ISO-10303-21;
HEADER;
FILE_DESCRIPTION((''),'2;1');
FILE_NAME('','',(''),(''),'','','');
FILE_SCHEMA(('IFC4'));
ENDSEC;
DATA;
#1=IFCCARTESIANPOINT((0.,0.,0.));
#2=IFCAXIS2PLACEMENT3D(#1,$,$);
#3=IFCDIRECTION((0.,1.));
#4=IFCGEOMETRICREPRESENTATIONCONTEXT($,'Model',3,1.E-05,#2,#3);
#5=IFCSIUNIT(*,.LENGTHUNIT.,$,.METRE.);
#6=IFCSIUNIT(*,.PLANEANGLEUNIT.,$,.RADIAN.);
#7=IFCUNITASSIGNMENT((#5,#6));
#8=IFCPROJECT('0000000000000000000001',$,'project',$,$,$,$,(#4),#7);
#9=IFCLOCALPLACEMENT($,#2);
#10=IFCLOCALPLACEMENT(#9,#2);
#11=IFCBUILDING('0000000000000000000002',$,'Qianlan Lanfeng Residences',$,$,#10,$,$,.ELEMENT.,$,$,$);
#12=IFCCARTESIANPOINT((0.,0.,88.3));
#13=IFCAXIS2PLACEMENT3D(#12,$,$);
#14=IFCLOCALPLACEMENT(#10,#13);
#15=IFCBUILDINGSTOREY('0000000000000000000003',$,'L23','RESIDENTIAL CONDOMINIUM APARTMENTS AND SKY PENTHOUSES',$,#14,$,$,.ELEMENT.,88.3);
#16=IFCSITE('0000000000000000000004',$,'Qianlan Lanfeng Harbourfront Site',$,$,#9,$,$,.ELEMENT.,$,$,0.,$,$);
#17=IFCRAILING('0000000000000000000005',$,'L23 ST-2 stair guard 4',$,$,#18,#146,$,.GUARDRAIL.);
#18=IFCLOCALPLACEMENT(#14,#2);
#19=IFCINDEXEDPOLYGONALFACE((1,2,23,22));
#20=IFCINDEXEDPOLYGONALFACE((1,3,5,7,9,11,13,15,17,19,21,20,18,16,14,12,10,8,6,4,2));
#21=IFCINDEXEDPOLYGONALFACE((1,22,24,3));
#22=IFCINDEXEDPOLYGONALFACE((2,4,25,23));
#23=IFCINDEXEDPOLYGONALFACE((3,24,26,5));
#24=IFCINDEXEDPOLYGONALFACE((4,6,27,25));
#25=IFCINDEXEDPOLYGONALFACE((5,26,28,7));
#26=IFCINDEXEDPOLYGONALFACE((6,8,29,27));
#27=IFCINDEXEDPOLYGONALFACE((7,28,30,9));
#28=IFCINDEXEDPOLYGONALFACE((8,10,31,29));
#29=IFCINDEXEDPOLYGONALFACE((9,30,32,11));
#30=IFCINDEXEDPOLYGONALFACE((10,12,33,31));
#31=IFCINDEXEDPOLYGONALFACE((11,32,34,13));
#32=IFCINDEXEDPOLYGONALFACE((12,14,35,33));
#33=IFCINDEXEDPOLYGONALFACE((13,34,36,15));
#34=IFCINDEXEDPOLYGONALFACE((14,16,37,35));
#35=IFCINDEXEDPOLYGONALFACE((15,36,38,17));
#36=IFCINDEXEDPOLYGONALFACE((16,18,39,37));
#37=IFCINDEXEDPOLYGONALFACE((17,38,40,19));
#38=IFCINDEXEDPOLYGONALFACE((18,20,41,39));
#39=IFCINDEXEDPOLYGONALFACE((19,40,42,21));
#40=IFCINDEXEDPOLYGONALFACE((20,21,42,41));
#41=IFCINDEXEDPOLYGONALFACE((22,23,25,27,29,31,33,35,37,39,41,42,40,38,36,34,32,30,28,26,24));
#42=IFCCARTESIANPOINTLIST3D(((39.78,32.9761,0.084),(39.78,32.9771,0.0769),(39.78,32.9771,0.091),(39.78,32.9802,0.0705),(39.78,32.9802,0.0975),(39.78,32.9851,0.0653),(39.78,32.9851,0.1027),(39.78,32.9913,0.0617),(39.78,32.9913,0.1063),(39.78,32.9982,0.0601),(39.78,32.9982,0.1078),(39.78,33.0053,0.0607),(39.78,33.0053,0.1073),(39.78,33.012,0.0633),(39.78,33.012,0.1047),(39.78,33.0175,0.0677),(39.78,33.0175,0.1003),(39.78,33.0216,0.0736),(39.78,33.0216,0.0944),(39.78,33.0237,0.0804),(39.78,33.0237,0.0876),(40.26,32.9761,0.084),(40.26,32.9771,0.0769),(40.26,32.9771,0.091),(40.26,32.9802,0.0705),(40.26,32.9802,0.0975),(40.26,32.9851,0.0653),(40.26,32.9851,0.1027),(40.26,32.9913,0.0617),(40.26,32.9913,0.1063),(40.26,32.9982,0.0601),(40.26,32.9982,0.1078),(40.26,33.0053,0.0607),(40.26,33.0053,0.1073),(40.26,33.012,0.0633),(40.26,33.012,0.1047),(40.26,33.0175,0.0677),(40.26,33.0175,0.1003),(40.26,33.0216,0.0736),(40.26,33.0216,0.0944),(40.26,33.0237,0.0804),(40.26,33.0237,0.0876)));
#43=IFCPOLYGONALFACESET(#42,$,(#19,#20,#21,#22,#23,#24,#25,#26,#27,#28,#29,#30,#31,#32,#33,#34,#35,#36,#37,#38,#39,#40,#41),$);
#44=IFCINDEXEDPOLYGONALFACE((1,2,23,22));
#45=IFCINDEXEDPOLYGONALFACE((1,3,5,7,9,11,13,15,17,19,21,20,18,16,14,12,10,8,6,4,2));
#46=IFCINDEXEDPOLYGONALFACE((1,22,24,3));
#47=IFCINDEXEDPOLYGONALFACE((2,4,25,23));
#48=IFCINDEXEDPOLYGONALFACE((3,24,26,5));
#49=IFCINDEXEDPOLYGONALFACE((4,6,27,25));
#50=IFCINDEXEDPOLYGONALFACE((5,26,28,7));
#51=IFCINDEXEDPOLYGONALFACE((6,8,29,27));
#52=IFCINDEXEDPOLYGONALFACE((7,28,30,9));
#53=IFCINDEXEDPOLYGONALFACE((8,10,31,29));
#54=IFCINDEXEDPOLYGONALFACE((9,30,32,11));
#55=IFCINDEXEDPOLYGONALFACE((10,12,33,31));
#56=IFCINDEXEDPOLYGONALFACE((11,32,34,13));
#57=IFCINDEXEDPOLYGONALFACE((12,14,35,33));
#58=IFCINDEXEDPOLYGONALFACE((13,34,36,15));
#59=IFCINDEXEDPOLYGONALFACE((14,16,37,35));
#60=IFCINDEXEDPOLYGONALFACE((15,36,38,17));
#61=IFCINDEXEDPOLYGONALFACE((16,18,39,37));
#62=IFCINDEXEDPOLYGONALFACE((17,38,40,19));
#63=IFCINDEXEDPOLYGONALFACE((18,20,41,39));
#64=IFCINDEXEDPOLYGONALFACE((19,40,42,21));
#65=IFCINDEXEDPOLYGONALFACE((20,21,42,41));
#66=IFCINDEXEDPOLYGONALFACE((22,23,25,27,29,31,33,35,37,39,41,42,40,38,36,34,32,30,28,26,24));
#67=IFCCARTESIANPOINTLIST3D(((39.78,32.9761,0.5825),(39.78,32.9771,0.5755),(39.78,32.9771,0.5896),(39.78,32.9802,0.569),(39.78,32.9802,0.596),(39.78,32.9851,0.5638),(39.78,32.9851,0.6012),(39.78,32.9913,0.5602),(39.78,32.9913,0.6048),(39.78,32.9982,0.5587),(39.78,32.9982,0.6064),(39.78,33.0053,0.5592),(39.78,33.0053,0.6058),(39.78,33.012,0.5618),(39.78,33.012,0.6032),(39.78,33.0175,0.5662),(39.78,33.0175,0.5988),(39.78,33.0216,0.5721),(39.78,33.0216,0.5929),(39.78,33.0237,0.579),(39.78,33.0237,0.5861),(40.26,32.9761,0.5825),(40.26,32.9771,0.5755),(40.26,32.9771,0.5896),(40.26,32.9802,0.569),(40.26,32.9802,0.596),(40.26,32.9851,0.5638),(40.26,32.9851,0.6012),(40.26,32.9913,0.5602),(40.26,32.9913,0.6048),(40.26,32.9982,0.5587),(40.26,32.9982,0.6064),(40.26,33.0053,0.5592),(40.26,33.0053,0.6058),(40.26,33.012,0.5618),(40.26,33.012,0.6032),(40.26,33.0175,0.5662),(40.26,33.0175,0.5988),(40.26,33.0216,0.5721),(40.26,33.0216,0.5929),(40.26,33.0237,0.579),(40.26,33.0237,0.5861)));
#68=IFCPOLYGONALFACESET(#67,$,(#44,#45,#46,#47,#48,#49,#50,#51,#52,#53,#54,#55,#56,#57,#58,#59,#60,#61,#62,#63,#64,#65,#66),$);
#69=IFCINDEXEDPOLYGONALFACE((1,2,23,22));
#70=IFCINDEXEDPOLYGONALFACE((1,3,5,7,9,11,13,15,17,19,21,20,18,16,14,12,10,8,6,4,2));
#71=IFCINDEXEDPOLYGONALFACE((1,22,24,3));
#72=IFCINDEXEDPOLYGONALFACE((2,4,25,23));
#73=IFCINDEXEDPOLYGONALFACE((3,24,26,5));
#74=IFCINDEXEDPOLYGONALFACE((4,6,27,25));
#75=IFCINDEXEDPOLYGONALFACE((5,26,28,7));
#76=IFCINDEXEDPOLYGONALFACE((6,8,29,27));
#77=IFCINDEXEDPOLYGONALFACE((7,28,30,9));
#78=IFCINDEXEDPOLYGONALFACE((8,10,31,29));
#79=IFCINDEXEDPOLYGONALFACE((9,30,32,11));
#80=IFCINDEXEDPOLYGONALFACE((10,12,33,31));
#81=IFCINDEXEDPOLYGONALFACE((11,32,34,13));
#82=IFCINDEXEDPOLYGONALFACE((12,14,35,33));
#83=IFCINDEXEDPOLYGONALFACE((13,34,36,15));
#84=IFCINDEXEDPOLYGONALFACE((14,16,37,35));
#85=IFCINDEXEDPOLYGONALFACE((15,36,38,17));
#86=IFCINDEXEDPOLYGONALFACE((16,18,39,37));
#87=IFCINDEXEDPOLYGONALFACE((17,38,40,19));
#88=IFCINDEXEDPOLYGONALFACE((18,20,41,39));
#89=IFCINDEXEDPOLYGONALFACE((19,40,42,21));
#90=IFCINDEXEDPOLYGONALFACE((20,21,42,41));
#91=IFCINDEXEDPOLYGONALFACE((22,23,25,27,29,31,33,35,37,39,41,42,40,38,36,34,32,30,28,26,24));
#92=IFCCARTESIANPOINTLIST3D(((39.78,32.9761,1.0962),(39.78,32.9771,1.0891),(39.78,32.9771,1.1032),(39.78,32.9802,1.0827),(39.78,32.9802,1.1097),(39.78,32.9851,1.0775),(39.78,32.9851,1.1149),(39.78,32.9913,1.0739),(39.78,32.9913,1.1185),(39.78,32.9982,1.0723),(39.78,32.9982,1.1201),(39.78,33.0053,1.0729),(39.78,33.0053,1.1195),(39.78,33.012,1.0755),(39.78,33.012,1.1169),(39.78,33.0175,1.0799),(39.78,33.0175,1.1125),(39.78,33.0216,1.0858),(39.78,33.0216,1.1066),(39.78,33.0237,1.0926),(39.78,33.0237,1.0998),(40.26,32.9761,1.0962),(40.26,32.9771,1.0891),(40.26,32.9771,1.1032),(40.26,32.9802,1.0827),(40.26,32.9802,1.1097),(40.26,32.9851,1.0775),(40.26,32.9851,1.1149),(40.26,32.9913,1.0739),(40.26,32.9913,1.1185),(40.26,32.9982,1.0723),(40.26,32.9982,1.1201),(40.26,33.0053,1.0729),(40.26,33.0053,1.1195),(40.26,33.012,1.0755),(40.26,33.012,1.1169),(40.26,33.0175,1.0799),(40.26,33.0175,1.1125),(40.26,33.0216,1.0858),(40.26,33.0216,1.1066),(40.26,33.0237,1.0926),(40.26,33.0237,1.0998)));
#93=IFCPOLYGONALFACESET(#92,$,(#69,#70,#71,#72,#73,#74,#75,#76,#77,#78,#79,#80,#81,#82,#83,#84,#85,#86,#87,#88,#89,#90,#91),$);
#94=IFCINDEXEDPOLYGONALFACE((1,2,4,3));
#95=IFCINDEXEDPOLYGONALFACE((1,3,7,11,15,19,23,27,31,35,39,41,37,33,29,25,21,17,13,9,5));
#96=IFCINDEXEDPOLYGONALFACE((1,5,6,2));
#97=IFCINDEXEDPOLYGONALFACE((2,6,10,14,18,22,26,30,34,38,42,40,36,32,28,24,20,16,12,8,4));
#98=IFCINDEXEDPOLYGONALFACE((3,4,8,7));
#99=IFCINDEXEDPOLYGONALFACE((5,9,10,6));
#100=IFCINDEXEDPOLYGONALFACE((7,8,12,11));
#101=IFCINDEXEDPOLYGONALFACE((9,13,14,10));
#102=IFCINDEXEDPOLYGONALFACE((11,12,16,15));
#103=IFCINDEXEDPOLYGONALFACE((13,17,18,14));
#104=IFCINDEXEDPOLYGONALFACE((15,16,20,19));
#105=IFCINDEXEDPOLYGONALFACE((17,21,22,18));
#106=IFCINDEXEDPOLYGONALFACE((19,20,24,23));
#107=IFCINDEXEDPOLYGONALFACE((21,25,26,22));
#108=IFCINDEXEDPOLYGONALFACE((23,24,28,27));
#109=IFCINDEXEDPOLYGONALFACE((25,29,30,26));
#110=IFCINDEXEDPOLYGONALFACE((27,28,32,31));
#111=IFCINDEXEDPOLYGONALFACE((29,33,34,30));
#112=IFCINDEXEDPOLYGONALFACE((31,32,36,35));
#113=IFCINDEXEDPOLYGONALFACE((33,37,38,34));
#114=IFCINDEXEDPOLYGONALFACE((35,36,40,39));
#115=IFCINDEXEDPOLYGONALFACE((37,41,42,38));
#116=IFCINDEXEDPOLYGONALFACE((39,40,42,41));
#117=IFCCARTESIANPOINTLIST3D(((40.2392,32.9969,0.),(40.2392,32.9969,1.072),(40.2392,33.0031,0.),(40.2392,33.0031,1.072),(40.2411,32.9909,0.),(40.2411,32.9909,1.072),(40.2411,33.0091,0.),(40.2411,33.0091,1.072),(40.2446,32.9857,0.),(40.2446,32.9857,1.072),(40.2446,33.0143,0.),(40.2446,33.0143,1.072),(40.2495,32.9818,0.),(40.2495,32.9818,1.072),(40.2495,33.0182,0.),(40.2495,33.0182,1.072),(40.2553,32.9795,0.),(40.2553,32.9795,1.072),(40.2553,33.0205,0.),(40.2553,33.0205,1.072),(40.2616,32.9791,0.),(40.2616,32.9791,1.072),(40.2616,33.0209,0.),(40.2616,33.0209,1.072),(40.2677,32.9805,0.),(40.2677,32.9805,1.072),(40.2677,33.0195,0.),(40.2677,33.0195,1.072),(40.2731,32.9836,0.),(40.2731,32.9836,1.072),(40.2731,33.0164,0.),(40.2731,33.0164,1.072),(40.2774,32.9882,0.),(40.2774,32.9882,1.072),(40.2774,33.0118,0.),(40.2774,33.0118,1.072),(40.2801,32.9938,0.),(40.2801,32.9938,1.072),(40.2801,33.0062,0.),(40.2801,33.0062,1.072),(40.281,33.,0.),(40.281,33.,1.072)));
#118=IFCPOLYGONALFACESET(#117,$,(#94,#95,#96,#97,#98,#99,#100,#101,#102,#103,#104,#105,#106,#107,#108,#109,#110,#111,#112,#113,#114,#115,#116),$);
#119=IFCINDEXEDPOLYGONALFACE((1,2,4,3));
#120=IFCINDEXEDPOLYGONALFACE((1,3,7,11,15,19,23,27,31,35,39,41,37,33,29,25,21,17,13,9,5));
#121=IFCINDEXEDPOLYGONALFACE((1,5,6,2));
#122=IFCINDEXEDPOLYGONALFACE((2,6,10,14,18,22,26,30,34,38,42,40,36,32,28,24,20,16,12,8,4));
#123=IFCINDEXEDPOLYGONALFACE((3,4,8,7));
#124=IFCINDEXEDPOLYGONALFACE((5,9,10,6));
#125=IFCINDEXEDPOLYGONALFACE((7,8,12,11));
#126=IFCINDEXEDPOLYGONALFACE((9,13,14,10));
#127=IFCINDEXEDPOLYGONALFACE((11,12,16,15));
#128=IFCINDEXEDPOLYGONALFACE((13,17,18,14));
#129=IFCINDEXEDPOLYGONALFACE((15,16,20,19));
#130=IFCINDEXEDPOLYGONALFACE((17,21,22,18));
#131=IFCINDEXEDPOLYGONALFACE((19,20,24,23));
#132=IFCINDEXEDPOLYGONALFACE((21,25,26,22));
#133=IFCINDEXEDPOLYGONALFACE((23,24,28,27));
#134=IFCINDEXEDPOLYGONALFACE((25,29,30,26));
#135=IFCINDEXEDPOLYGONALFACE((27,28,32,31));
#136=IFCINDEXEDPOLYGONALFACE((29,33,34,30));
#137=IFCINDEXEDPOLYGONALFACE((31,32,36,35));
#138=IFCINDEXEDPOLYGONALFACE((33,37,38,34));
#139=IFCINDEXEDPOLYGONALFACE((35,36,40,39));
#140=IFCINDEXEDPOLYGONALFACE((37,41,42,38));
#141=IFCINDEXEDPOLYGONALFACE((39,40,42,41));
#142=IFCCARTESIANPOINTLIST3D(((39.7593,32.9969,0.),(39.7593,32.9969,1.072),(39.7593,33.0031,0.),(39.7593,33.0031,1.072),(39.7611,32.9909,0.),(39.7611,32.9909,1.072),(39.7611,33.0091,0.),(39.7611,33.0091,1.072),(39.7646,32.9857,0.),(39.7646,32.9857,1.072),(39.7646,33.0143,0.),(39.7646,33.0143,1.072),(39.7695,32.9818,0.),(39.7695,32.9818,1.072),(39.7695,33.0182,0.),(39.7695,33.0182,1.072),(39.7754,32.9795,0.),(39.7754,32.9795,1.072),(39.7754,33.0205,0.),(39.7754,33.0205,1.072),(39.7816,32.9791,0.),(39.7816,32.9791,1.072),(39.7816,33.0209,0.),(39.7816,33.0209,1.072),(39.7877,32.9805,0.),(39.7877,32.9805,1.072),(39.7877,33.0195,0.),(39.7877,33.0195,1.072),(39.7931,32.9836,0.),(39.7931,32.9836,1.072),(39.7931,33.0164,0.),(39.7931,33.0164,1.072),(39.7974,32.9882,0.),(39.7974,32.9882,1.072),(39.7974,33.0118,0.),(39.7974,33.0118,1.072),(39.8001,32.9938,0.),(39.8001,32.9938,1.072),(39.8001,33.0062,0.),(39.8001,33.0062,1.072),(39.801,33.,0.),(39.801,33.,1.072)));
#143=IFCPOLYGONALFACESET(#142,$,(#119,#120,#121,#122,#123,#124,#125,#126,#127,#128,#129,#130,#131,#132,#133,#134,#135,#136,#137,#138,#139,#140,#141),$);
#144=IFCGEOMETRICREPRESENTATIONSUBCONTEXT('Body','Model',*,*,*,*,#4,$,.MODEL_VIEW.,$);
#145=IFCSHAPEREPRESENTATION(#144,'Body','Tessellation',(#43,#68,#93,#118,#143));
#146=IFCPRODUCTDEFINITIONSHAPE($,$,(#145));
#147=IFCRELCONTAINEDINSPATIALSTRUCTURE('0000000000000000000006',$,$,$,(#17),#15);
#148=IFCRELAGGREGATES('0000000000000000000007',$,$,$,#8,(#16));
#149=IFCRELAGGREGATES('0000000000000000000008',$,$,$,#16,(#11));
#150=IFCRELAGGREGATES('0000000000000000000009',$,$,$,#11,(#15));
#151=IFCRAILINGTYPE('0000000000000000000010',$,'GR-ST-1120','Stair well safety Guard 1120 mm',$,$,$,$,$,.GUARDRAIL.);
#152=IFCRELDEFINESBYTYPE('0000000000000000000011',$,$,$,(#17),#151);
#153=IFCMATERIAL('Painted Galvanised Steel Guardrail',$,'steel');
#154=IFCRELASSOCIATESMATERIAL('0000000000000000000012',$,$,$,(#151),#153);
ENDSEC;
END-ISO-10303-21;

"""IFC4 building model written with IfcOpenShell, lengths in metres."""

from ifc_helpers import new_model, si_unit, direction, frame, origin, origin_2d, place, context, subcontext, project, spatial, circle, extrude, material, type_object, element, save


model = new_model("IFC4")

# Units and contexts
model_context = context("Model", 3, precision=1e-05, world=origin(), true_north=direction((0.0, 1.0)))
body_context = subcontext(model_context, "Body", "Model", "MODEL_VIEW")
ifc_project = project(units=[si_unit("LENGTHUNIT", "METRE"), si_unit("PLANEANGLEUNIT", "RADIAN")], contexts=[model_context])

# Site, building, storey
site_placement = place(None, origin())
site = spatial("IfcSite", under=ifc_project, at=site_placement, Name="Qianlan Lanfeng Harbourfront Site", CompositionType="ELEMENT", RefElevation=0.0)
building_placement = place(site_placement, origin())
building = spatial("IfcBuilding", under=site, at=building_placement, Name="Qianlan Lanfeng Residences", CompositionType="ELEMENT")
storey_placement = place(building_placement, frame((0.0, 0.0, 88.3)))
storey = spatial("IfcBuildingStorey", under=building, at=storey_placement, Name="L23", Description="RESIDENTIAL CONDOMINIUM APARTMENTS AND SKY PENTHOUSES", CompositionType="ELEMENT", Elevation=88.3)

# Railing
ifc_material_1 = material(Name="Painted Galvanised Steel Guardrail", Category="steel")
railing_type_1 = type_object("IfcRailingType", Name="GR-ST-1120", Description="Stair well safety Guard 1120 mm", PredefinedType="GUARDRAIL", material=ifc_material_1)
railing_1_placement = place(storey_placement, frame((40.26, 33.0, 0.0)))
element("IfcRailing", 1, at=railing_1_placement, inside=storey, type_object=railing_type_1, Name="L23 ST-2 stair guard 4", PredefinedType="GUARDRAIL", context=body_context, shape_type="SweptSolid", body=[
    extrude(circle(Radius=0.0239, at=origin_2d()), frame((0.0, 0.0, 0.084), z_axis=(-1.0, 0.0, 0.0), x_axis=(0.0, -1.0, 0.0)), (0.0, 0.0, 1.0), 0.48),
    extrude(circle(Radius=0.0239, at=origin_2d()), frame((0.0, 0.0, 0.5825), z_axis=(-1.0, 0.0, 0.0), x_axis=(0.0, -1.0, 0.0)), (0.0, 0.0, 1.0), 0.48),
    extrude(circle(Radius=0.0239, at=origin_2d()), frame((0.0, 0.0, 1.0962), z_axis=(-1.0, 0.0, 0.0), x_axis=(0.0, -1.0, 0.0)), (0.0, 0.0, 1.0), 0.48),
    extrude(circle(Radius=0.021, at=origin_2d()), origin(), (0.0, 0.0, 1.0), 1.072),
    extrude(circle(Radius=0.021, at=origin_2d()), frame((-0.48, 0.0, 0.0)), (0.0, 0.0, 1.0), 1.072),
])

save(model, "model.ifc")
